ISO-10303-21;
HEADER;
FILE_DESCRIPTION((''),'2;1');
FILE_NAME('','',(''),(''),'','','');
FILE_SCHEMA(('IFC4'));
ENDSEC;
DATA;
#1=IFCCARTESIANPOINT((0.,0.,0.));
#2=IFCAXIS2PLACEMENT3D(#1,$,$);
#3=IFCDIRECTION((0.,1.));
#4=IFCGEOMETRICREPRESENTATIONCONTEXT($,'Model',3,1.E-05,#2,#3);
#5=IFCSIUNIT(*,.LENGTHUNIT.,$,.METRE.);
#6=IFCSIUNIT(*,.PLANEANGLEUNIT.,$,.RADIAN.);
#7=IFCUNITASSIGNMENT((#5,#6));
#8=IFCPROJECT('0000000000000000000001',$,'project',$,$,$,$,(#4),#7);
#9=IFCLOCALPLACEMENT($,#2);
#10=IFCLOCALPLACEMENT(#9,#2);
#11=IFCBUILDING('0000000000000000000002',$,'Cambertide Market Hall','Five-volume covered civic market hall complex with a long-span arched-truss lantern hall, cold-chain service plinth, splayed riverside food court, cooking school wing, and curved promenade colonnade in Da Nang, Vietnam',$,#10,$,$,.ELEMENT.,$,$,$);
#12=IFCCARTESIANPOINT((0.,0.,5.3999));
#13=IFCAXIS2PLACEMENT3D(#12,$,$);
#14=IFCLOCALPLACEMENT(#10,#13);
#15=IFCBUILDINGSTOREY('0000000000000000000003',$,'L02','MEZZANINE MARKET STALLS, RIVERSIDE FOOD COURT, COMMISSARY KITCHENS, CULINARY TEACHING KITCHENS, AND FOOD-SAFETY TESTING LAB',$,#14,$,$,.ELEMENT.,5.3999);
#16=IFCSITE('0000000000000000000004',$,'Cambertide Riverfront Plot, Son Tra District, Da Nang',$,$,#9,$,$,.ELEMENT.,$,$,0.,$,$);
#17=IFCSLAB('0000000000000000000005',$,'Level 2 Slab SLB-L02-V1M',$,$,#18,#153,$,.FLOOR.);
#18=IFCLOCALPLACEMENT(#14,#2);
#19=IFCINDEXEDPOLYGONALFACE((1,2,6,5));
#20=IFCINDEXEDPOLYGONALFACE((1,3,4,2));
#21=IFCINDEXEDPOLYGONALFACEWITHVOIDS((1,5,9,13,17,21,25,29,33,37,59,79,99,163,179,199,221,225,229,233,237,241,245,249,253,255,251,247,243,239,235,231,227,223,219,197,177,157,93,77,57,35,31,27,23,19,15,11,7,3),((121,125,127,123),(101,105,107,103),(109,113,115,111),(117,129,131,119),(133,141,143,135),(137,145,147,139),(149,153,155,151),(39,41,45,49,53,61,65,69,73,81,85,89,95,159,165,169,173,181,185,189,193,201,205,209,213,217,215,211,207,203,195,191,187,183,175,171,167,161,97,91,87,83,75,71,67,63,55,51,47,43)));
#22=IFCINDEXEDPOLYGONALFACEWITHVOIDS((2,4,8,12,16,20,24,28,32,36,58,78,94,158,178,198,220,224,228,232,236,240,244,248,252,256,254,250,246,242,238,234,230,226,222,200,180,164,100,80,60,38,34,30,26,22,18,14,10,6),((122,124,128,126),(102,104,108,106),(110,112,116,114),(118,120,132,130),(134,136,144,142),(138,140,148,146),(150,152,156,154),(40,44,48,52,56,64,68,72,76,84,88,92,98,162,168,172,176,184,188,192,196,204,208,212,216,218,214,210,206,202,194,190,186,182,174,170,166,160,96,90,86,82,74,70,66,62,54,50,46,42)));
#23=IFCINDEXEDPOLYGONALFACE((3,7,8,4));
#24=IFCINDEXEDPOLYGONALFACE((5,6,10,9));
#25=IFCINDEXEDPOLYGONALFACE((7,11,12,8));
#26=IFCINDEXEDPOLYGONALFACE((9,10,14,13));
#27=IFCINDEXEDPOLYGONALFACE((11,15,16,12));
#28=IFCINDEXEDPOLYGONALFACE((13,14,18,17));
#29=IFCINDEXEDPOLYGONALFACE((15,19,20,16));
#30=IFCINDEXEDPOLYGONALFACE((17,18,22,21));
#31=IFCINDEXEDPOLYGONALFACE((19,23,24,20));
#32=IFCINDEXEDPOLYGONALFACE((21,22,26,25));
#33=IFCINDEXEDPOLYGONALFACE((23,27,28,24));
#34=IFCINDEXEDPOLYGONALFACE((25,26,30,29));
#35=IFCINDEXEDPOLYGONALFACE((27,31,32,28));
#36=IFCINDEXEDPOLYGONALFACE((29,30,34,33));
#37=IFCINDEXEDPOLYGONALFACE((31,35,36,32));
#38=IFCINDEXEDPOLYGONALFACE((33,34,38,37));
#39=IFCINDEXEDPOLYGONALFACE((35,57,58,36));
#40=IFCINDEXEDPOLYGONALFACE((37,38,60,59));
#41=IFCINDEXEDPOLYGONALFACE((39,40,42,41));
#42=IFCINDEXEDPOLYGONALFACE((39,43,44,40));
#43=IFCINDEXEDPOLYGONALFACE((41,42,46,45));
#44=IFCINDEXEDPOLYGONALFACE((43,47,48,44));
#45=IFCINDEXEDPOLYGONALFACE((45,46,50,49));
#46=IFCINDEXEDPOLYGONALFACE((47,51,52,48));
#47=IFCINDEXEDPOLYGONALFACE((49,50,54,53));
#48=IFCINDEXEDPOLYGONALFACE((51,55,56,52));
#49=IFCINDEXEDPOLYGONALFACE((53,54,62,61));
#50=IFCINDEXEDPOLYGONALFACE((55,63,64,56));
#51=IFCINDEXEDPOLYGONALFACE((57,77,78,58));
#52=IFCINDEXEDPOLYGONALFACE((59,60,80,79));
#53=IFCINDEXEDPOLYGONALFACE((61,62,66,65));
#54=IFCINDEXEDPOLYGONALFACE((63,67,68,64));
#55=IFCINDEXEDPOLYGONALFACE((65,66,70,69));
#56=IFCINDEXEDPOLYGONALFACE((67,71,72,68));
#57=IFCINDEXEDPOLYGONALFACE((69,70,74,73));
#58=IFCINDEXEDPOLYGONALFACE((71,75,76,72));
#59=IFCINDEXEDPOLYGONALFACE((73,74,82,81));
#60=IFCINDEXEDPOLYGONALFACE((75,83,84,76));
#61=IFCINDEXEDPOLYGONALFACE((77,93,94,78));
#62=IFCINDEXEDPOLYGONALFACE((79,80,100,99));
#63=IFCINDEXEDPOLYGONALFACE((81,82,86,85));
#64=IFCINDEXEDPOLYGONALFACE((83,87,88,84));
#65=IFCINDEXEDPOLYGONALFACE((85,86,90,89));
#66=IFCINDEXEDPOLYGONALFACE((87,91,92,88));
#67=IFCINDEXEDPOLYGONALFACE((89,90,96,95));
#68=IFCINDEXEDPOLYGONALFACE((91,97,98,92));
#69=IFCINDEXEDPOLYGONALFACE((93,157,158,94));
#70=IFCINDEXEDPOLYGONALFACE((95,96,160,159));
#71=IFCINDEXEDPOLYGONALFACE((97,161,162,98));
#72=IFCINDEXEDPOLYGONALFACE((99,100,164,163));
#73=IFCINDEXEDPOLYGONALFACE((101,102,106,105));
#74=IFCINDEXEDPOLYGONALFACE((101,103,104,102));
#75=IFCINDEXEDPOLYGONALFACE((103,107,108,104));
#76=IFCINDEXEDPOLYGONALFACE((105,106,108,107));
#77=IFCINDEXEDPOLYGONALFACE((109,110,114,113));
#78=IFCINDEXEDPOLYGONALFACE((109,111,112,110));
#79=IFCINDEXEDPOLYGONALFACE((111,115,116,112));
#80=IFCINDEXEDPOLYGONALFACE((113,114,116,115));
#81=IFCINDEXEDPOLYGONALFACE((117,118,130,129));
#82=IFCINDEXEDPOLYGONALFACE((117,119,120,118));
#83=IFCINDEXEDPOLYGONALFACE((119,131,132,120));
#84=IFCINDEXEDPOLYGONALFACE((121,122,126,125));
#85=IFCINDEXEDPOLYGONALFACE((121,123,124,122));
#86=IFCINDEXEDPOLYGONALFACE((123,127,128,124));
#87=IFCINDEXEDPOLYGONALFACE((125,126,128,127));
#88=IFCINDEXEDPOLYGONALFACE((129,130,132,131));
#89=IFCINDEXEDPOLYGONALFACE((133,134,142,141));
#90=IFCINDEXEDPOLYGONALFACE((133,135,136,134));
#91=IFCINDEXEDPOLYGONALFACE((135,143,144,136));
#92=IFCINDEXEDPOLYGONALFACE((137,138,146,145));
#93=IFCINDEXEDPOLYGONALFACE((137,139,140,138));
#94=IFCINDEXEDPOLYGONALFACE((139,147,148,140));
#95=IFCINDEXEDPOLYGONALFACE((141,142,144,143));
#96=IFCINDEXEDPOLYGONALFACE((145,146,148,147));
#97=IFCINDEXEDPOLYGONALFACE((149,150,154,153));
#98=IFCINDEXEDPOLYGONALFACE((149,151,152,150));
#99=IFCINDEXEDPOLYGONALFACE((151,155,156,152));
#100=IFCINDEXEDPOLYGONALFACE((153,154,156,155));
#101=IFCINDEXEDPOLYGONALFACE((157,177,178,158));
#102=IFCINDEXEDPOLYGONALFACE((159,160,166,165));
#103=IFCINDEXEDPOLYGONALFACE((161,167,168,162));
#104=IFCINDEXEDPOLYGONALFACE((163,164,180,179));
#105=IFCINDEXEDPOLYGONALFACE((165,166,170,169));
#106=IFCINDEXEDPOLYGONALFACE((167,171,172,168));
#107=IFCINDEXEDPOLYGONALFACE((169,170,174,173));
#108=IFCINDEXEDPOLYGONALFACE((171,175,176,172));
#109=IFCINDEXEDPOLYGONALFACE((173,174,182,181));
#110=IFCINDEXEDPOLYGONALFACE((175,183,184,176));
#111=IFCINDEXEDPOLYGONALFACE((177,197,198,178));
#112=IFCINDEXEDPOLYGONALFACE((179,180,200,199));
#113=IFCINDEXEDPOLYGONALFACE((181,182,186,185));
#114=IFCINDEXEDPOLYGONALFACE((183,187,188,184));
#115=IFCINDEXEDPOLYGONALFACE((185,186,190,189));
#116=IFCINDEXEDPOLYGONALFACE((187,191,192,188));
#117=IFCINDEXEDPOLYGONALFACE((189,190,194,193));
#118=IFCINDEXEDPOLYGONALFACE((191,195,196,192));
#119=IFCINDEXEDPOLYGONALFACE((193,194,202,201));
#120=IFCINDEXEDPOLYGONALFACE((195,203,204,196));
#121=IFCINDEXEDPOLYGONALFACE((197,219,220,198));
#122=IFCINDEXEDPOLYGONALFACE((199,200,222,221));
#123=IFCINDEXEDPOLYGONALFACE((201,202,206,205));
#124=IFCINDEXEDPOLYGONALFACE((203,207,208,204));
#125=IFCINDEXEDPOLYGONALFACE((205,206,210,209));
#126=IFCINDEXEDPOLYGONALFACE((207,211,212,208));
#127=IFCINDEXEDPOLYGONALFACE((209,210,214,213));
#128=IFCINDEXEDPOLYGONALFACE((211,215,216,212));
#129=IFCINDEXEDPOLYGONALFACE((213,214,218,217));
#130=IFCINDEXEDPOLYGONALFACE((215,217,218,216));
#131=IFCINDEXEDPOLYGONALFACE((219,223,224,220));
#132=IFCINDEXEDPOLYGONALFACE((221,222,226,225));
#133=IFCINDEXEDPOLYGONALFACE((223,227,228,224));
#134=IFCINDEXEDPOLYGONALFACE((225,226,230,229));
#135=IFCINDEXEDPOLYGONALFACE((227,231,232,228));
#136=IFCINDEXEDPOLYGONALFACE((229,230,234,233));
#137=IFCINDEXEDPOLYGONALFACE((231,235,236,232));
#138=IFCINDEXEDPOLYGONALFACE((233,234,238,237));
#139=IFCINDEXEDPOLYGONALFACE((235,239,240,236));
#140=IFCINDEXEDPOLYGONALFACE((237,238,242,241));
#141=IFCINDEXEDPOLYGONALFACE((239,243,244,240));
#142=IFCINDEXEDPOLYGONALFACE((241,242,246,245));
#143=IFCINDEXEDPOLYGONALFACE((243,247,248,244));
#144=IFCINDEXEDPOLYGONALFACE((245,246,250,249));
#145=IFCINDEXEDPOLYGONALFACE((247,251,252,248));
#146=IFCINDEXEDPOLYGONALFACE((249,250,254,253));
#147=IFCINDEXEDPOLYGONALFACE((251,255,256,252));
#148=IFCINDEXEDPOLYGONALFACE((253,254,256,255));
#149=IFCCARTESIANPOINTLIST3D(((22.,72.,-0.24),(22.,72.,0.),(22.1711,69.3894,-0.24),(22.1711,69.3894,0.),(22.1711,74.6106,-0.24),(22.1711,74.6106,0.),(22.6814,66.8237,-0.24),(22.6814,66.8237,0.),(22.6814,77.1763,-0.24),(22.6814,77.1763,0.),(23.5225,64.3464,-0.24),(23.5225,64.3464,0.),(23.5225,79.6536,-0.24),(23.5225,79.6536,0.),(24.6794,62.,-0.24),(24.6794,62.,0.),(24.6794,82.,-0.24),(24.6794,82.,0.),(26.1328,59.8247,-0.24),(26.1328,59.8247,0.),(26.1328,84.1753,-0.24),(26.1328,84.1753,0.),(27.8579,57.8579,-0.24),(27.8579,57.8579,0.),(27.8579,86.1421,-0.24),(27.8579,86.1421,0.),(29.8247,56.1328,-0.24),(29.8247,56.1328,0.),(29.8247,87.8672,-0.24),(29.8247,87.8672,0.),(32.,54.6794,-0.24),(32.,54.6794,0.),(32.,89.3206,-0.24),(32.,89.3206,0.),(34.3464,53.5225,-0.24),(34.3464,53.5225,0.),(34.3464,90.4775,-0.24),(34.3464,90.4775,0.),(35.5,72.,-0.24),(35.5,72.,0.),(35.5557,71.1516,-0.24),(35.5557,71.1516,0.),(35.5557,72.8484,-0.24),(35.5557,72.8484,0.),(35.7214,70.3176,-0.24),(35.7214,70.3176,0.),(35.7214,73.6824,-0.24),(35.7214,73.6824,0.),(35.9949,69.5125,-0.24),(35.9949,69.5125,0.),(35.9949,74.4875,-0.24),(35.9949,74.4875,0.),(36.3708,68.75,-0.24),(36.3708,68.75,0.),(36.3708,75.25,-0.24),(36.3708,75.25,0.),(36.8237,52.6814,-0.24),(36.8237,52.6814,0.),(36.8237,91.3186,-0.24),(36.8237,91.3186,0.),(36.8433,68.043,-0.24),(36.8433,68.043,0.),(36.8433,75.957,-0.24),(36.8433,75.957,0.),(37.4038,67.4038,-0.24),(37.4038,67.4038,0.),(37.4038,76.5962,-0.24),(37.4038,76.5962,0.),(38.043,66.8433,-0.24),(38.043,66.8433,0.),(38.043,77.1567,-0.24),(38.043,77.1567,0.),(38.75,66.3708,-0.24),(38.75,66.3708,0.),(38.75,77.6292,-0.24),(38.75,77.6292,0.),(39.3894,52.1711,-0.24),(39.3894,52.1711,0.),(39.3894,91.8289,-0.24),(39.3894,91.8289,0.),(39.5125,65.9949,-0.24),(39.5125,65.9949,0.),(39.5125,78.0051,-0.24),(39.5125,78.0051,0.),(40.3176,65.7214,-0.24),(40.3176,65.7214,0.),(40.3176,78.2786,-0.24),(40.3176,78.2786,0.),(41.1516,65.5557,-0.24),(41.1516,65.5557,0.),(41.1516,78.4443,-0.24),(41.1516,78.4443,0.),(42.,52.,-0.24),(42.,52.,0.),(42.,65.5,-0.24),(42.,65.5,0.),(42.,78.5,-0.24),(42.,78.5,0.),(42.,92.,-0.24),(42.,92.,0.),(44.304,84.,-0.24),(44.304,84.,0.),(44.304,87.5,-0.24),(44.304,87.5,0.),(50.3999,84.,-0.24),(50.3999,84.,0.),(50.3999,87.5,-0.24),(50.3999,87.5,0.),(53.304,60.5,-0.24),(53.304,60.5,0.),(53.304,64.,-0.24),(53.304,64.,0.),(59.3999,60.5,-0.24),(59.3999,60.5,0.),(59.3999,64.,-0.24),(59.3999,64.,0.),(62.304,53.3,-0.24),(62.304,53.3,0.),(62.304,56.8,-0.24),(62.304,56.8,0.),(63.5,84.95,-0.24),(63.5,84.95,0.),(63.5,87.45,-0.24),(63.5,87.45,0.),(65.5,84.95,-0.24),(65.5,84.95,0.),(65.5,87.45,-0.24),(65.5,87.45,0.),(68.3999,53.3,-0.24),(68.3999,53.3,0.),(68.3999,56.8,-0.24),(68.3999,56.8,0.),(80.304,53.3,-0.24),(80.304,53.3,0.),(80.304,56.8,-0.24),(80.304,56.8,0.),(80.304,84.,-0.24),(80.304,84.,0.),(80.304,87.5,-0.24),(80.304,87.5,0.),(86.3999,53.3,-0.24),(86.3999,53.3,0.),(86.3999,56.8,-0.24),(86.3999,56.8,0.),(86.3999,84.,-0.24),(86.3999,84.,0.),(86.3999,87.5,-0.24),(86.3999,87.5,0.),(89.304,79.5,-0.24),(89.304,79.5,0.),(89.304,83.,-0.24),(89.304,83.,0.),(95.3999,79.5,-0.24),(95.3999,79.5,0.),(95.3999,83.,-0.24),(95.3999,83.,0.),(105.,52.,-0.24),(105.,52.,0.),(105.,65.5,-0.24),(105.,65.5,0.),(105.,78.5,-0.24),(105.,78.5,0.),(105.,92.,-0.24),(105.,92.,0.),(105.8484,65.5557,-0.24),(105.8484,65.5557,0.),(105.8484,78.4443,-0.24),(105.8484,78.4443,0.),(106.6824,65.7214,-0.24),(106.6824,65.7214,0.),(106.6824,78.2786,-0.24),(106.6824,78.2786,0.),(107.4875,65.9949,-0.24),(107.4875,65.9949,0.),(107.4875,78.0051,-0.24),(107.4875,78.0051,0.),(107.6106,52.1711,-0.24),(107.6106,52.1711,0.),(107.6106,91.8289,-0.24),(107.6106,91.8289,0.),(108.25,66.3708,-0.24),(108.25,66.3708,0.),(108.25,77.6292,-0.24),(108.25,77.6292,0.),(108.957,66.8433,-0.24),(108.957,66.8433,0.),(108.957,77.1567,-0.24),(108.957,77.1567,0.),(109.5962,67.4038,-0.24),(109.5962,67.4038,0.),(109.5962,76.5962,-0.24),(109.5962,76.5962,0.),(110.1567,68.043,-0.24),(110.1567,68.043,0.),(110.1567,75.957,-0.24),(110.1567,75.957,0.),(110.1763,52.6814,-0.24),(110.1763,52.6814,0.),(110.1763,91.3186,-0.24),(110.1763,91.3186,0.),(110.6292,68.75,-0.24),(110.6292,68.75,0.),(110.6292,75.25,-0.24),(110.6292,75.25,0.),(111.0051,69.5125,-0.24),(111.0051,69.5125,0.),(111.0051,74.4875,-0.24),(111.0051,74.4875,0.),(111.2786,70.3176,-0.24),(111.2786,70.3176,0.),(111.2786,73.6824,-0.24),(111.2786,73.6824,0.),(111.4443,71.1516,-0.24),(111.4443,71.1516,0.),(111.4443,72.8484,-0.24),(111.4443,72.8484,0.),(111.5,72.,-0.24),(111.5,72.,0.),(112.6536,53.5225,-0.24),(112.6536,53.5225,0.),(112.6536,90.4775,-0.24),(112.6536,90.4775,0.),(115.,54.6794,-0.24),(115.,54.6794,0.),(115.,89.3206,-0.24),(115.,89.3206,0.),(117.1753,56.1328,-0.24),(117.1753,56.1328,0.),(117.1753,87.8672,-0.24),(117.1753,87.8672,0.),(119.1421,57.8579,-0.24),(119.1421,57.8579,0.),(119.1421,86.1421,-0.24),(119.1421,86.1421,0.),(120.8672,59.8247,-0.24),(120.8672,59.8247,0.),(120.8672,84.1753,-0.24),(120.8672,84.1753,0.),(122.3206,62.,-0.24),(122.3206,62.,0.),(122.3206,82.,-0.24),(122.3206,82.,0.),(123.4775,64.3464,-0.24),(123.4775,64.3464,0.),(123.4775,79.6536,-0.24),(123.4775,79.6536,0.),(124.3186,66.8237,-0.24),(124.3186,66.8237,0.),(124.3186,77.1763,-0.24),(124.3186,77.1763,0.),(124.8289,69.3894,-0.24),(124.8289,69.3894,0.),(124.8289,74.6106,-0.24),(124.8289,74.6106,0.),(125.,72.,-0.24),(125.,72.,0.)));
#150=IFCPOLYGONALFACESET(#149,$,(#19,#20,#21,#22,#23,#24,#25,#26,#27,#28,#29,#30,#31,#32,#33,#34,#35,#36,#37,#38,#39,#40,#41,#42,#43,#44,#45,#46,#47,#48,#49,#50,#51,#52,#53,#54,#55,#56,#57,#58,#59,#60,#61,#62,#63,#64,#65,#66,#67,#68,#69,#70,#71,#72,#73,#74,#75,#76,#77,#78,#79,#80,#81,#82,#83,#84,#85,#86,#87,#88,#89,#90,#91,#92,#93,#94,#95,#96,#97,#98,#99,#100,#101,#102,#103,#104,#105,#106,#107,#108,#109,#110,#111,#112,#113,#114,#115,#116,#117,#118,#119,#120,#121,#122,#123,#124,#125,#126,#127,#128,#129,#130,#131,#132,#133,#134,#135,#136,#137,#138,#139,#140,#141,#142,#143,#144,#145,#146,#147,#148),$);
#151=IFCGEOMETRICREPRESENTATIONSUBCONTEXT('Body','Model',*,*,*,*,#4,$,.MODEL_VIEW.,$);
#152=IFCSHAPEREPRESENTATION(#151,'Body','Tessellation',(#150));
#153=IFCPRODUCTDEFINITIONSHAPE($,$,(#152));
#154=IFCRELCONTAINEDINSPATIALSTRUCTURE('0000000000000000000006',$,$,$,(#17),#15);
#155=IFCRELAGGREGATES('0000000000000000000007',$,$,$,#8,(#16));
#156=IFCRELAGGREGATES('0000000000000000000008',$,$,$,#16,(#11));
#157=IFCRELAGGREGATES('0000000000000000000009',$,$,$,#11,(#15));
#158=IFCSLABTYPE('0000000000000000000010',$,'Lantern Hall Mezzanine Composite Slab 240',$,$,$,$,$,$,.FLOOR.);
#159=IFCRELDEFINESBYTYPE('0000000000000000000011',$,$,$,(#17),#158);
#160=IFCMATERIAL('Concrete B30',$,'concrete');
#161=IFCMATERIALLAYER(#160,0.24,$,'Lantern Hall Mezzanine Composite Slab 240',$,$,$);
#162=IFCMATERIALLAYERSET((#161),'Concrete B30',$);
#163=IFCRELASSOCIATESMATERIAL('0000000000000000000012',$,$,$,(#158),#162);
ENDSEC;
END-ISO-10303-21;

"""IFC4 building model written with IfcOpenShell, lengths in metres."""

from ifc_helpers import new_model, si_unit, direction, frame, origin, place, context, subcontext, project, spatial, polyline, outline, extrude, material, layer, layer_set, type_object, element, save


model = new_model("IFC4")

# Units and contexts
model_context = context("Model", 3, precision=1e-05, world=origin(), true_north=direction((0.0, 1.0)))
body_context = subcontext(model_context, "Body", "Model", "MODEL_VIEW")
ifc_project = project(units=[si_unit("LENGTHUNIT", "METRE"), si_unit("PLANEANGLEUNIT", "RADIAN")], contexts=[model_context])

# Site, building, storey
site_placement = place(None, origin())
site = spatial("IfcSite", under=ifc_project, at=site_placement, Name="Cambertide Riverfront Plot, Son Tra District, Da Nang", CompositionType="ELEMENT", RefElevation=0.0)
building_placement = place(site_placement, origin())
building = spatial("IfcBuilding", under=site, at=building_placement, Name="Cambertide Market Hall", Description="Five-volume covered civic market hall complex with a long-span arched-truss lantern hall, cold-chain service plinth, splayed riverside food court, cooking school wing, and curved promenade colonnade in Da Nang, Vietnam", CompositionType="ELEMENT")
storey_placement = place(building_placement, frame((0.0, 0.0, 5.3999)))
storey = spatial("IfcBuildingStorey", under=building, at=storey_placement, Name="L02", Description="MEZZANINE MARKET STALLS, RIVERSIDE FOOD COURT, COMMISSARY KITCHENS, CULINARY TEACHING KITCHENS, AND FOOD-SAFETY TESTING LAB", CompositionType="ELEMENT", Elevation=5.3999)

# Slab
ifc_material_1 = material(Name="Concrete B30", Category="concrete")
ifc_layer_1 = layer(ifc_material_1, 0.24, Name="Lantern Hall Mezzanine Composite Slab 240")
ifc_layer_set_1 = layer_set([ifc_layer_1], Name="Concrete B30")
slab_type_1 = type_object("IfcSlabType", Name="Lantern Hall Mezzanine Composite Slab 240", PredefinedType="FLOOR", material=ifc_layer_set_1)
slab_1_placement = place(storey_placement, frame((0.0, 0.0, -0.24)))
element("IfcSlab", 1, at=slab_1_placement, inside=storey, type_object=slab_type_1, Name="Level 2 Slab SLB-L02-V1M", PredefinedType="FLOOR", context=body_context, shape_type="SweptSolid", body=[
    extrude(outline(polyline([(42.0, 92.0), (39.3894, 91.8289), (36.8237, 91.3186), (34.3464, 90.4775), (32.0, 89.3206), (29.8247, 87.8672), (27.8579, 86.1421), (26.1328, 84.1753), (24.6794, 82.0), (23.5225, 79.6536), (22.6814, 77.1763), (22.1711, 74.6106), (22.0, 72.0), (22.1711, 69.3894), (22.6814, 66.8237), (23.5225, 64.3464), (24.6794, 62.0), (26.1328, 59.8247), (27.8579, 57.8579), (29.8247, 56.1328), (32.0, 54.6794), (34.3464, 53.5225), (36.8237, 52.6814), (39.3894, 52.1711), (42.0, 52.0), (105.0, 52.0), (107.6106, 52.1711), (110.1763, 52.6814), (112.6536, 53.5225), (115.0, 54.6794), (117.1753, 56.1328), (119.1421, 57.8579), (120.8672, 59.8247), (122.3206, 62.0), (123.4775, 64.3464), (124.3186, 66.8237), (124.8289, 69.3894), (125.0, 72.0), (124.8289, 74.6106), (124.3186, 77.1763), (123.4775, 79.6536), (122.3206, 82.0), (120.8672, 84.1753), (119.1421, 86.1421), (117.1753, 87.8672), (115.0, 89.3206), (112.6536, 90.4775), (110.1763, 91.3186), (107.6106, 91.8289), (105.0, 92.0), (42.0, 92.0)]), holes=[polyline([(44.304, 87.5), (50.3999, 87.5), (50.3999, 84.0), (44.304, 84.0), (44.304, 87.5)]), polyline([(80.304, 87.5), (86.3999, 87.5), (86.3999, 84.0), (80.304, 84.0), (80.304, 87.5)]), polyline([(62.304, 56.8), (68.3999, 56.8), (68.3999, 53.3), (62.304, 53.3), (62.304, 56.8)]), polyline([(80.304, 56.8), (86.3999, 56.8), (86.3999, 53.3), (80.304, 53.3), (80.304, 56.8)]), polyline([(53.304, 64.0), (59.3999, 64.0), (59.3999, 60.5), (53.304, 60.5), (53.304, 64.0)]), polyline([(89.304, 83.0), (95.3999, 83.0), (95.3999, 79.5), (89.304, 79.5), (89.304, 83.0)]), polyline([(63.5, 87.45), (65.5, 87.45), (65.5, 84.95), (63.5, 84.95), (63.5, 87.45)]), polyline([(105.0, 78.5), (105.8484, 78.4443), (106.6824, 78.2786), (107.4875, 78.0051), (108.25, 77.6292), (108.957, 77.1567), (109.5962, 76.5962), (110.1567, 75.957), (110.6292, 75.25), (111.0051, 74.4875), (111.2786, 73.6824), (111.4443, 72.8484), (111.5, 72.0), (111.4443, 71.1516), (111.2786, 70.3176), (111.0051, 69.5125), (110.6292, 68.75), (110.1567, 68.043), (109.5962, 67.4038), (108.957, 66.8433), (108.25, 66.3708), (107.4875, 65.9949), (106.6824, 65.7214), (105.8484, 65.5557), (105.0, 65.5), (42.0, 65.5), (41.1516, 65.5557), (40.3176, 65.7214), (39.5125, 65.9949), (38.75, 66.3708), (38.043, 66.8433), (37.4038, 67.4038), (36.8433, 68.043), (36.3708, 68.75), (35.9949, 69.5125), (35.7214, 70.3176), (35.5557, 71.1516), (35.5, 72.0), (35.5557, 72.8484), (35.7214, 73.6824), (35.9949, 74.4875), (36.3708, 75.25), (36.8433, 75.957), (37.4038, 76.5962), (38.043, 77.1567), (38.75, 77.6292), (39.5125, 78.0051), (40.3176, 78.2786), (41.1516, 78.4443), (42.0, 78.5), (105.0, 78.5)])]), origin(), (0.0, 0.0, 1.0), 0.24),
])

save(model, "model.ifc")
